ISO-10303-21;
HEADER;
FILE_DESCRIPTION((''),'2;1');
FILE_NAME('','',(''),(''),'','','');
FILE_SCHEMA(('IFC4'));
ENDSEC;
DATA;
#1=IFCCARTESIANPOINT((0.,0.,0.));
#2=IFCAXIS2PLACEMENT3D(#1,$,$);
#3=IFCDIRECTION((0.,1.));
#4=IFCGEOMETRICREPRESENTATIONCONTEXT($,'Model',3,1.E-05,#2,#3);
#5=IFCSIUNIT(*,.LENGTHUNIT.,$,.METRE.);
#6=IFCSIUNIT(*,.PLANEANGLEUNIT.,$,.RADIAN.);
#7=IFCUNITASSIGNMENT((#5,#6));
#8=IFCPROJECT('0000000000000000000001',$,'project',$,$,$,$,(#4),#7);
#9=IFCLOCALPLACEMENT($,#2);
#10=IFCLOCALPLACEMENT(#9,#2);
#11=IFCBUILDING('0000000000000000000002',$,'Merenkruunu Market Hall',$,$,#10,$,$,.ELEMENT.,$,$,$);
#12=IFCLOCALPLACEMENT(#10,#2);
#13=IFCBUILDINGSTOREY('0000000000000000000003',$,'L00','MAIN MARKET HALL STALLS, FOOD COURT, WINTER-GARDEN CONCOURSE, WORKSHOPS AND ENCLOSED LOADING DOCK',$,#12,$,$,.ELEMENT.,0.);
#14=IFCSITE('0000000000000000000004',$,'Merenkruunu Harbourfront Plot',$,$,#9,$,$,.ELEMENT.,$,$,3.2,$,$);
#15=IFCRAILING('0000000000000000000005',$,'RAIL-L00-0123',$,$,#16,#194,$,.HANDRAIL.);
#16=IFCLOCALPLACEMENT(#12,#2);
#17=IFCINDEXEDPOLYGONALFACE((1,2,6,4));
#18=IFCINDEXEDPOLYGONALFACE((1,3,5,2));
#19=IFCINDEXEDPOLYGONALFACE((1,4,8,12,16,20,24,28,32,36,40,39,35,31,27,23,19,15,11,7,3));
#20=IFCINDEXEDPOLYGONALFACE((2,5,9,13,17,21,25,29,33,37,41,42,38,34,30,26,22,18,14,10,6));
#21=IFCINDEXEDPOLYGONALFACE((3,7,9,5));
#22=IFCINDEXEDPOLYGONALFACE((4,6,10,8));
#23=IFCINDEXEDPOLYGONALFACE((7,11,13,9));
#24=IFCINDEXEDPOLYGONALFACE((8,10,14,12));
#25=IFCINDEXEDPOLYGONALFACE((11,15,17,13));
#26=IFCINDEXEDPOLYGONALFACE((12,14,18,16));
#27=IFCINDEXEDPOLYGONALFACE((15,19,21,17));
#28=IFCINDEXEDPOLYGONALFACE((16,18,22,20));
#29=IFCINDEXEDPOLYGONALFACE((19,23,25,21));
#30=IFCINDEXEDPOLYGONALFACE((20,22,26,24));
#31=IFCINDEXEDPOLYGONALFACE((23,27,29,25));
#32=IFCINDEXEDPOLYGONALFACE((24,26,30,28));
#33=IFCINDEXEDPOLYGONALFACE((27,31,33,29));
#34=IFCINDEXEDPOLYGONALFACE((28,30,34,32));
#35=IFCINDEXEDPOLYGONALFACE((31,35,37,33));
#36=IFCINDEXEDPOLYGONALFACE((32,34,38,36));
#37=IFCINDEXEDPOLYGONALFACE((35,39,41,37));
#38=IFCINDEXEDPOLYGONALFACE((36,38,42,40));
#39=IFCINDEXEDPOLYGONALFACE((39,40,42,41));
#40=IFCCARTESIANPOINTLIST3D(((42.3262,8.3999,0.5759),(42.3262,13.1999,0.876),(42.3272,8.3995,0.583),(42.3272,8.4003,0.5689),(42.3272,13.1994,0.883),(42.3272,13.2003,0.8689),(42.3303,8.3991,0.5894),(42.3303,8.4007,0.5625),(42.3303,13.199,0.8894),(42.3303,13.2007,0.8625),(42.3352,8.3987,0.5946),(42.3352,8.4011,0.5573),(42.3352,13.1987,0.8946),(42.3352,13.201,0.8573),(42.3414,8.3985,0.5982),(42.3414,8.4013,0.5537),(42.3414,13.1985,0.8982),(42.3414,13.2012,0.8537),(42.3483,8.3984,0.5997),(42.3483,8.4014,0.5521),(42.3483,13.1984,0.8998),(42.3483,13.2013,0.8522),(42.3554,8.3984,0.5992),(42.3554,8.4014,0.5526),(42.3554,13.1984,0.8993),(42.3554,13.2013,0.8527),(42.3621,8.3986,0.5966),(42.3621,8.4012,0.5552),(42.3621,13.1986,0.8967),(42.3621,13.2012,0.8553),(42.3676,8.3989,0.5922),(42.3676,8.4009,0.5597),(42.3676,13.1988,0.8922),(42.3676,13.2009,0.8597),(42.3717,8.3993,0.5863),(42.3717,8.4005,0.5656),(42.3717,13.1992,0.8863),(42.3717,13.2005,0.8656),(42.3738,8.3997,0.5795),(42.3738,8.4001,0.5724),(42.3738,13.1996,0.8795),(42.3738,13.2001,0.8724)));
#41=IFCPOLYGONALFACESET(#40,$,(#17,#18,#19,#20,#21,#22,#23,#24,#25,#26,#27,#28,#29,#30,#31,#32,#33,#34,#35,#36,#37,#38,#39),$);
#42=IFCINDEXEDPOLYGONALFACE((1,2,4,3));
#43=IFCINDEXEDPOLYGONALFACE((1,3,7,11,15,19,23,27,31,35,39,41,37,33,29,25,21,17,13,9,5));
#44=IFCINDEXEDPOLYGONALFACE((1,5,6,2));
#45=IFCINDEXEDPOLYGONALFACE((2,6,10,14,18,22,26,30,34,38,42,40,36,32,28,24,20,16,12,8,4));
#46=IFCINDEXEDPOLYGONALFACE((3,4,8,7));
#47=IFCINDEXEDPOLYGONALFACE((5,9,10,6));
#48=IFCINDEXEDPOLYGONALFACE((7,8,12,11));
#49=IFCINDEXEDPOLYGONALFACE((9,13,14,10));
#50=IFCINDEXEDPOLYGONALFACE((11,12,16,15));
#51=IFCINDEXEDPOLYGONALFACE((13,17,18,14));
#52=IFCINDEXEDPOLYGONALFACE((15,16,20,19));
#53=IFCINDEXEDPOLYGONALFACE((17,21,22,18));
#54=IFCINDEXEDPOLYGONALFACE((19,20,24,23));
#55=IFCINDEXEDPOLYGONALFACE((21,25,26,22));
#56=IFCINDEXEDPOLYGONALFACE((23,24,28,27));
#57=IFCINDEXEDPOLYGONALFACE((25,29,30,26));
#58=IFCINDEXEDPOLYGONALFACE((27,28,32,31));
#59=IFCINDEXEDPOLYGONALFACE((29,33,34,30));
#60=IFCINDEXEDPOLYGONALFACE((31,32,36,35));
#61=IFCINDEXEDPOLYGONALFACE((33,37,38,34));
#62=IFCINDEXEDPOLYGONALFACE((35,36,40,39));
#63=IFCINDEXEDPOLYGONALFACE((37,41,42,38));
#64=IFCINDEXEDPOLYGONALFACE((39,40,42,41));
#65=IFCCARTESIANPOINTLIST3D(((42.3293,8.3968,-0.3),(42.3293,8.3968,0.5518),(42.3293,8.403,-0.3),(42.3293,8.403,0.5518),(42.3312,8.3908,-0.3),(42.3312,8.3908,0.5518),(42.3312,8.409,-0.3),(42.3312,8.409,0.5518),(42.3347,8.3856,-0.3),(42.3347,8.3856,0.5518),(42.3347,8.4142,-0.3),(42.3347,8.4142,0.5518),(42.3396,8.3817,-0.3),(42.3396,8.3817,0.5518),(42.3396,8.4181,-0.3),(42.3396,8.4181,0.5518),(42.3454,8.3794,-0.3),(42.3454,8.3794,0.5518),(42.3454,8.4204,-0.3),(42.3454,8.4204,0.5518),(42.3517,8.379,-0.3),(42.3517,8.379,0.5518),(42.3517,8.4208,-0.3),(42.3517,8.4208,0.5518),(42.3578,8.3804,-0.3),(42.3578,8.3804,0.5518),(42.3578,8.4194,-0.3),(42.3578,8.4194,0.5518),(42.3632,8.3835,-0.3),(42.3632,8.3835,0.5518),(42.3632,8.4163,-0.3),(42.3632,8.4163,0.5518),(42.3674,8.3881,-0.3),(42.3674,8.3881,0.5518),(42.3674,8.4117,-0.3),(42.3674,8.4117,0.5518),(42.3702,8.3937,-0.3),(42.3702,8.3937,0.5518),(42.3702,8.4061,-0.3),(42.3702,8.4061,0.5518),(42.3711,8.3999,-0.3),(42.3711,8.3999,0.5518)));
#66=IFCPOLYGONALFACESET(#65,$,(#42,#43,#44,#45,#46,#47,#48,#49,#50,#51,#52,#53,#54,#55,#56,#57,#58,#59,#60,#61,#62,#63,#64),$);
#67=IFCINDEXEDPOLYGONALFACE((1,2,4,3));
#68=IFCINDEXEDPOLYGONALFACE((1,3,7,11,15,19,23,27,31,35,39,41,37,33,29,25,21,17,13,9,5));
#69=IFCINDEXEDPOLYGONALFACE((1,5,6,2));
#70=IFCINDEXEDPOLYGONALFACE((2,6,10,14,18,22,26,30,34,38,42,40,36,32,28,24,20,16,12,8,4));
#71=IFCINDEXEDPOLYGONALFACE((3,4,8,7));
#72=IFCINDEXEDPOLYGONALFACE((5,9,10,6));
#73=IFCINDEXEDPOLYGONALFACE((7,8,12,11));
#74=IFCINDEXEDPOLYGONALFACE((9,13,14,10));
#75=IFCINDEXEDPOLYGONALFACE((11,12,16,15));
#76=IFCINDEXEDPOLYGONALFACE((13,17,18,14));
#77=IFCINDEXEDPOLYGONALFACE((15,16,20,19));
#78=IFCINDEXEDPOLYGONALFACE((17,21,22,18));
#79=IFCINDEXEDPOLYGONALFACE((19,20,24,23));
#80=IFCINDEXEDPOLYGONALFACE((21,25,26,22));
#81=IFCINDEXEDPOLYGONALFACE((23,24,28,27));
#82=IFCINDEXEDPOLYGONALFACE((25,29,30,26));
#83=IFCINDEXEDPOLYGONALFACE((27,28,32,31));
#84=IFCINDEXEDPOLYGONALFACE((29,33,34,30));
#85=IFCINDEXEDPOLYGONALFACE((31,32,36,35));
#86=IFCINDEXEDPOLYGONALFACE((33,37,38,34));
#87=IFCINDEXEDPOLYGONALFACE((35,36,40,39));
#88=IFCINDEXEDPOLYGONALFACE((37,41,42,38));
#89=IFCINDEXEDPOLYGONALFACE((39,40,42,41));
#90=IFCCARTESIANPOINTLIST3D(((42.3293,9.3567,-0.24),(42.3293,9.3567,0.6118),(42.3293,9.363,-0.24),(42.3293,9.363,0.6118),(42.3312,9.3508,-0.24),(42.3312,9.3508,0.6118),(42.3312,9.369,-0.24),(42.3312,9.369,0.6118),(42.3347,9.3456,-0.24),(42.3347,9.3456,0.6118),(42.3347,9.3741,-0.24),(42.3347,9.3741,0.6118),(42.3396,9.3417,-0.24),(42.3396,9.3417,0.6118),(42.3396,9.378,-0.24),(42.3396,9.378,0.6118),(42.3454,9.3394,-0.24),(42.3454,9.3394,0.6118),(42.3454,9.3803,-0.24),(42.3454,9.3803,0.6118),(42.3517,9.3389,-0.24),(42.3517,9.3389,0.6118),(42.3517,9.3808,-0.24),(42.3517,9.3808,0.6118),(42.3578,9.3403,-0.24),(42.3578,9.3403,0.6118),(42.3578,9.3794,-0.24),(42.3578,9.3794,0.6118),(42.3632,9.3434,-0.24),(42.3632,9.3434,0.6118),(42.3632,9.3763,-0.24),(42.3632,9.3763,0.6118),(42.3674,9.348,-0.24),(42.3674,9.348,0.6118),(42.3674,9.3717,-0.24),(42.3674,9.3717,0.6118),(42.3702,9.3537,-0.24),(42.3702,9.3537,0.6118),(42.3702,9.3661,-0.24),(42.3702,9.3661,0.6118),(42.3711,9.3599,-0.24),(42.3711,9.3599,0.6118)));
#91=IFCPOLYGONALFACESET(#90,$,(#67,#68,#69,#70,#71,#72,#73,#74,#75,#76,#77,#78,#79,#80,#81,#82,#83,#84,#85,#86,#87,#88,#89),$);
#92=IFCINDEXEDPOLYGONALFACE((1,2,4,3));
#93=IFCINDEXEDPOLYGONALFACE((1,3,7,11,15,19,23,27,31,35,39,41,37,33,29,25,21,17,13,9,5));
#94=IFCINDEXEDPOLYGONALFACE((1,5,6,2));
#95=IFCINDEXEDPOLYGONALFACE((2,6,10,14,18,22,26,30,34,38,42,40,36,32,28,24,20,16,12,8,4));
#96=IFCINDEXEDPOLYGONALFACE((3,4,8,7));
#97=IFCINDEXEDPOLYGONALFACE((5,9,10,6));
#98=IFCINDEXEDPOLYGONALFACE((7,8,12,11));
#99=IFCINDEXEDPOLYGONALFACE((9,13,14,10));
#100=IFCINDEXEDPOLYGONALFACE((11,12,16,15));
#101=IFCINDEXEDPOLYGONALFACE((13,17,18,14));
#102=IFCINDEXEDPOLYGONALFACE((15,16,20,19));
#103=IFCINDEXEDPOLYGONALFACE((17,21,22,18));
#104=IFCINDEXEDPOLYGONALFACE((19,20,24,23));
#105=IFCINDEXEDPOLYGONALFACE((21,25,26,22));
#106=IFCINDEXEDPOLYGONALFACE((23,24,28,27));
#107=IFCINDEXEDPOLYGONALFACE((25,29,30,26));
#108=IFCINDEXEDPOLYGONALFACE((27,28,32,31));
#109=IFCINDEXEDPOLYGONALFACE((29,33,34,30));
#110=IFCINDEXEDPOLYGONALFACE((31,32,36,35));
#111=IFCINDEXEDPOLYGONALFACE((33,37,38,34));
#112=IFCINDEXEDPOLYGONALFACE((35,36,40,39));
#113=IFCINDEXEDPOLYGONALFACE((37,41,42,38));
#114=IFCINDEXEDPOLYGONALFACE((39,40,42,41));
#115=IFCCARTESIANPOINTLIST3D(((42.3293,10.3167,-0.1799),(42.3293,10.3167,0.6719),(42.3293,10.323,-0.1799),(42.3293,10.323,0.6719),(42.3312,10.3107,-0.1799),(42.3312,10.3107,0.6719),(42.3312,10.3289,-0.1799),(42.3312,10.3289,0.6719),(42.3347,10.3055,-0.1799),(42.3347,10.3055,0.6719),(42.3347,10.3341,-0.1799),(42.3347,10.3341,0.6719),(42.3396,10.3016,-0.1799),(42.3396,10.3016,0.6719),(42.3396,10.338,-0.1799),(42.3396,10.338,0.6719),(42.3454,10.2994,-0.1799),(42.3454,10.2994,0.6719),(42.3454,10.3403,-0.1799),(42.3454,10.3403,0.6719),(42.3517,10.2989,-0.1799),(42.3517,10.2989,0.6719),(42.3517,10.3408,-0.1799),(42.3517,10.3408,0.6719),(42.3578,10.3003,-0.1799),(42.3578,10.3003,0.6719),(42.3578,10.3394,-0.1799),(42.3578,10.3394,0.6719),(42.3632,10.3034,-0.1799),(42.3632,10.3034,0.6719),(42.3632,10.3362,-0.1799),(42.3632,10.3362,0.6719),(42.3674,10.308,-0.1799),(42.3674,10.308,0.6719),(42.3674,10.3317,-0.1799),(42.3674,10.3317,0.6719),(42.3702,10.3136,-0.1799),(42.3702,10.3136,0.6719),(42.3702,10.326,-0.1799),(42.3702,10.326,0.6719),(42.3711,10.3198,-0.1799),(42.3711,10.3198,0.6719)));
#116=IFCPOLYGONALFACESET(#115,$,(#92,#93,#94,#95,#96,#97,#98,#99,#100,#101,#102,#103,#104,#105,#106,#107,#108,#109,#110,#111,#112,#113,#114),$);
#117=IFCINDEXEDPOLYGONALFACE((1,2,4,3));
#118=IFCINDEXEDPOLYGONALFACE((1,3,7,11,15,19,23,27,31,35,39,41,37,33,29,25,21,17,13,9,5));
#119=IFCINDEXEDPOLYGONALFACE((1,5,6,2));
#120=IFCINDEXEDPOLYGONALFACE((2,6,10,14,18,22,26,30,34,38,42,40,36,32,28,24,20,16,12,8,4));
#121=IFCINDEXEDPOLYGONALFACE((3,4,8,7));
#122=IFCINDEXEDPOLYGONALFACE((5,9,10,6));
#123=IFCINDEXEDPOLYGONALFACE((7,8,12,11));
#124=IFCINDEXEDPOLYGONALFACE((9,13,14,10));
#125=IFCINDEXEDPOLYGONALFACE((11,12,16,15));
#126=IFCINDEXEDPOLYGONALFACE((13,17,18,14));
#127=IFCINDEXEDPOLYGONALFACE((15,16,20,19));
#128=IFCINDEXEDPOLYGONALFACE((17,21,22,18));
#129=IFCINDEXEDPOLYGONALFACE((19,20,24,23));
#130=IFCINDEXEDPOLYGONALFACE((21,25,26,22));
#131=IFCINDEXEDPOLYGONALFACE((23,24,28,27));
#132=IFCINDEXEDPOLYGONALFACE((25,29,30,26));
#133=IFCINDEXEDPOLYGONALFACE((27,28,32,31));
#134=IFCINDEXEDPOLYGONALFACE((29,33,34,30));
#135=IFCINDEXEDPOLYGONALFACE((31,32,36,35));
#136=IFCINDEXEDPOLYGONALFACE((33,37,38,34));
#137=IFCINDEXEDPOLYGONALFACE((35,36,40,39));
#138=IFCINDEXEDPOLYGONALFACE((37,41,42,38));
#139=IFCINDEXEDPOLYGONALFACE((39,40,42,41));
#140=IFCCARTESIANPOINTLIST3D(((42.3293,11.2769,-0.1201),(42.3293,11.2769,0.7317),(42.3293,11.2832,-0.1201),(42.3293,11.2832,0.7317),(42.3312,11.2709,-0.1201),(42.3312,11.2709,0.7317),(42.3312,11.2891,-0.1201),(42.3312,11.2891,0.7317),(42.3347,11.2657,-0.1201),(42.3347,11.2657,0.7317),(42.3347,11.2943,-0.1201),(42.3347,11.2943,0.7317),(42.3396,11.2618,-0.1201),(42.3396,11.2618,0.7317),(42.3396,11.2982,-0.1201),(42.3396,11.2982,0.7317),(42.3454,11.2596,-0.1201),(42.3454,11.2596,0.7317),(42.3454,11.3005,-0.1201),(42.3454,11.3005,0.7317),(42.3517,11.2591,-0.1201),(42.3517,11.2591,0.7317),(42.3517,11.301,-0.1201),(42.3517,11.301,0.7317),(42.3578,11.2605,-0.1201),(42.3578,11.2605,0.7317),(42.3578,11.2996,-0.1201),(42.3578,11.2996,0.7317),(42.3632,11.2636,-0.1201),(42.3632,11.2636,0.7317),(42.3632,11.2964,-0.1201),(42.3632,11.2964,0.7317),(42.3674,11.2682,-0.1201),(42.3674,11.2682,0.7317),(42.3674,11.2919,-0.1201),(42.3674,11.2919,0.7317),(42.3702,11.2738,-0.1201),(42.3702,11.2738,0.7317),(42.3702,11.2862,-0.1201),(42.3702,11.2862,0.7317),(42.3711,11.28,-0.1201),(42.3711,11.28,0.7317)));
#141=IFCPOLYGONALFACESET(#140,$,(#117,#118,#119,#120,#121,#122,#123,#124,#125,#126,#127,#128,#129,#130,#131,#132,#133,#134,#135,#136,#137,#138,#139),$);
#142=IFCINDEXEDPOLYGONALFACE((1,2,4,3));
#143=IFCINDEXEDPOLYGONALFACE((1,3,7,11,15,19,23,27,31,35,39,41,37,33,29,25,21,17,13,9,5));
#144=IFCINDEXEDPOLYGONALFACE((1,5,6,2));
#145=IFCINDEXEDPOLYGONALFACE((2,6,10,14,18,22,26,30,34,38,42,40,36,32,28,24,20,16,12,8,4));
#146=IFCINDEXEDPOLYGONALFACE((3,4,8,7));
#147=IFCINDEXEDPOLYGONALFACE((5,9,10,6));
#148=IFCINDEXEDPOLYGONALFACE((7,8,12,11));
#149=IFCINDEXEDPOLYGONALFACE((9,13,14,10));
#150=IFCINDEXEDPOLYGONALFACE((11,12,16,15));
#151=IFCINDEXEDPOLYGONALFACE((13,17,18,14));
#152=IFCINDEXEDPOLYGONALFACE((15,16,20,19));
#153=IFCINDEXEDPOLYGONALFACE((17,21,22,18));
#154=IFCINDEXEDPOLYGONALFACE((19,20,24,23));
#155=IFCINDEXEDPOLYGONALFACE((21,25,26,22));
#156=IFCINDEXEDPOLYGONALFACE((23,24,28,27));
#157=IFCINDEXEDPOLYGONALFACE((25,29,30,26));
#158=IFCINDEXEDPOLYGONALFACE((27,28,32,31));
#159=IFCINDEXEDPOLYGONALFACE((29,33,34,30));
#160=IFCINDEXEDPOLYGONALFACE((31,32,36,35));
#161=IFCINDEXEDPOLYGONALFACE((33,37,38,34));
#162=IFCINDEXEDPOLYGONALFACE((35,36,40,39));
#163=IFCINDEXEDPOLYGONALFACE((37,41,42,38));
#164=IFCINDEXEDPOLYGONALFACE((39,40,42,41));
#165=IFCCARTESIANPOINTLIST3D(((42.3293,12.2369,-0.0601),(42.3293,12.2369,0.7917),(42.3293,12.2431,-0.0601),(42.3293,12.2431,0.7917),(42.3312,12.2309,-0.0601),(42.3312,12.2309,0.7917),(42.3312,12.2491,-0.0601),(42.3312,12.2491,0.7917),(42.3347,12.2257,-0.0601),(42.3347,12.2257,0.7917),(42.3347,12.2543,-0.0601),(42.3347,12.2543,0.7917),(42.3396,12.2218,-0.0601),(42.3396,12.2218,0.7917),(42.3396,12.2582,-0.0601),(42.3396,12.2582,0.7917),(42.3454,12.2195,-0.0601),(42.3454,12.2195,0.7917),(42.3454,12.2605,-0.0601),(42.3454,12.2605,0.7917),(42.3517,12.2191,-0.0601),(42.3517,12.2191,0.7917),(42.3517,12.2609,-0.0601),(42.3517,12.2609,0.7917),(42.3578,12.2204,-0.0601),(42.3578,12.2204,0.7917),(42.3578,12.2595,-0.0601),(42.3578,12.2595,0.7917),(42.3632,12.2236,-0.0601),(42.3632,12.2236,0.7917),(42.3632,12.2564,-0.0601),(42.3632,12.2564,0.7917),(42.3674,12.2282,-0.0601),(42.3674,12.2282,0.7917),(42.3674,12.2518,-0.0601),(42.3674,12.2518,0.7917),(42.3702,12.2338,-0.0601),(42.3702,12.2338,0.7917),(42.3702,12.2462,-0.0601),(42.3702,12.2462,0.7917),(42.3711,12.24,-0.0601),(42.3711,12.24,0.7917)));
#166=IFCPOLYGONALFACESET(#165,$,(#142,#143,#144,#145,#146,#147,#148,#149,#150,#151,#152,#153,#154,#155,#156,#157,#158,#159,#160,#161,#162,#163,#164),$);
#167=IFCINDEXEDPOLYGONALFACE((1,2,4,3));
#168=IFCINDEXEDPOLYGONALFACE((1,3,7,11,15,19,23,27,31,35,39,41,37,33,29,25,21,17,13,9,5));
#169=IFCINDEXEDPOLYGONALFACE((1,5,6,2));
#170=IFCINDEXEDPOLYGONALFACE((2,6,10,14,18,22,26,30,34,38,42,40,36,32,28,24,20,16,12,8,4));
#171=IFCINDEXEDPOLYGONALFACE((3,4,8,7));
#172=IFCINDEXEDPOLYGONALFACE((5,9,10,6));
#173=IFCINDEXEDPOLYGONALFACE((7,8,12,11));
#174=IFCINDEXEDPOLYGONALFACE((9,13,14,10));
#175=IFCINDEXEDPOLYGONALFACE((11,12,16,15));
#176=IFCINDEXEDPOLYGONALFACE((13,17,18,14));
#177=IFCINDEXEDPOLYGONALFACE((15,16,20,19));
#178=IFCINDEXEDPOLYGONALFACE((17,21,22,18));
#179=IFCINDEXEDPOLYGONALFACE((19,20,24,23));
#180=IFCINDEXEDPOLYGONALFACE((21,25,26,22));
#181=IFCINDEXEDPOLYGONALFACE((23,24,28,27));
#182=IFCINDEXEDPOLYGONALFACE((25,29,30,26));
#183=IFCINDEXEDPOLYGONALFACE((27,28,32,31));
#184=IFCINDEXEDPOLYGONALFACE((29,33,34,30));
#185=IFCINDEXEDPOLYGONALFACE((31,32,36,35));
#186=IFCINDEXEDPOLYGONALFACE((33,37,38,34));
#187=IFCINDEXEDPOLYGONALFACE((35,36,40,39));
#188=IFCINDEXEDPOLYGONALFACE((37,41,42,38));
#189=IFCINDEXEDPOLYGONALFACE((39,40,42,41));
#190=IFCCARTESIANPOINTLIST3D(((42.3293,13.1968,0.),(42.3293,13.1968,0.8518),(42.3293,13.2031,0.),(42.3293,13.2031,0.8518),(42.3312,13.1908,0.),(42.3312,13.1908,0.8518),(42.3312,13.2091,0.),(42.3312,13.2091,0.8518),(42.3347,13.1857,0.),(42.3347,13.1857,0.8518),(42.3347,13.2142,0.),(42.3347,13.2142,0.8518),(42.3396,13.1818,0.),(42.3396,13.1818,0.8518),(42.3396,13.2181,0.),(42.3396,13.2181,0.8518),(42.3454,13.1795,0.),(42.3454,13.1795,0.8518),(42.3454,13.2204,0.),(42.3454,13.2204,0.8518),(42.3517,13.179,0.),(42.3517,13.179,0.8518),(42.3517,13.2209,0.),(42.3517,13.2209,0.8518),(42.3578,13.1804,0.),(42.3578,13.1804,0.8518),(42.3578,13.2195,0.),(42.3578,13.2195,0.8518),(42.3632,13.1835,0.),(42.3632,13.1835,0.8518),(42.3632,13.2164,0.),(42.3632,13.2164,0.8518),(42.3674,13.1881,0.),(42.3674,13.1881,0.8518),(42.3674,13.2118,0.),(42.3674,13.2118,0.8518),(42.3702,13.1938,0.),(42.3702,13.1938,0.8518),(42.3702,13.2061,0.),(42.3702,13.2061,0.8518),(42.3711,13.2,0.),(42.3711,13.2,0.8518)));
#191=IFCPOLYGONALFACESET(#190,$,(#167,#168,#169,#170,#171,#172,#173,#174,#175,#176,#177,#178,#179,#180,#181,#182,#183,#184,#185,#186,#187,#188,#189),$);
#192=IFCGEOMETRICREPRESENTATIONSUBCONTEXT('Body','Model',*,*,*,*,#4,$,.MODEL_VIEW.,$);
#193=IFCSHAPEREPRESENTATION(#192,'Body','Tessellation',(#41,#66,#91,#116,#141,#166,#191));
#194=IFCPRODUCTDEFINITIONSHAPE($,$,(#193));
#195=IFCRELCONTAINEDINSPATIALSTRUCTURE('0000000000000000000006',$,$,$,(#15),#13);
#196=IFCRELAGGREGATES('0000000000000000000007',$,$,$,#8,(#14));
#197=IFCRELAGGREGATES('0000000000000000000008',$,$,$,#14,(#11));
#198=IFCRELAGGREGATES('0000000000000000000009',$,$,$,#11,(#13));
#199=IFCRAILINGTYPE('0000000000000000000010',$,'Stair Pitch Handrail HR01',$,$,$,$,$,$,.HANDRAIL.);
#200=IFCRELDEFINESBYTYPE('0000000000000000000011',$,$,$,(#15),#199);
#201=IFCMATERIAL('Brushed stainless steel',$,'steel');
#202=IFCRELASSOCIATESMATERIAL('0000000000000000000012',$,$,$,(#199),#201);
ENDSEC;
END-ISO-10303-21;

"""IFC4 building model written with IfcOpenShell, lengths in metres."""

from ifc_helpers import new_model, si_unit, direction, frame, origin, origin_2d, place, context, subcontext, project, spatial, circle, extrude, material, type_object, element, save


model = new_model("IFC4")

# Units and contexts
model_context = context("Model", 3, precision=1e-05, world=origin(), true_north=direction((0.0, 1.0)))
body_context = subcontext(model_context, "Body", "Model", "MODEL_VIEW")
ifc_project = project(units=[si_unit("LENGTHUNIT", "METRE"), si_unit("PLANEANGLEUNIT", "RADIAN")], contexts=[model_context])

# Site, building, storey
site_placement = place(None, origin())
site = spatial("IfcSite", under=ifc_project, at=site_placement, Name="Merenkruunu Harbourfront Plot", CompositionType="ELEMENT", RefElevation=3.2)
building_placement = place(site_placement, origin())
building = spatial("IfcBuilding", under=site, at=building_placement, Name="Merenkruunu Market Hall", CompositionType="ELEMENT")
storey_placement = place(building_placement, origin())
storey = spatial("IfcBuildingStorey", under=building, at=storey_placement, Name="L00", Description="MAIN MARKET HALL STALLS, FOOD COURT, WINTER-GARDEN CONCOURSE, WORKSHOPS AND ENCLOSED LOADING DOCK", CompositionType="ELEMENT", Elevation=0.0)

# Railing
ifc_material_1 = material(Name="Brushed stainless steel", Category="steel")
railing_type = type_object("IfcRailingType", Name="Stair Pitch Handrail HR01", PredefinedType="HANDRAIL", material=ifc_material_1)
for number, where, name in (
    (1, (42.3501, 8.3999, -0.3), "RAIL-L00-0123"),
):
    element("IfcRailing", number, at=place(storey_placement, frame(where)), inside=storey, type_object=railing_type, Name=name, PredefinedType="HANDRAIL", context=body_context, shape_type="SweptSolid", body=[
        extrude(circle(Radius=0.0239, at=origin_2d()), frame((0.0, 0.0, 0.876), z_axis=(0.0, 0.998052, 0.062388), x_axis=(-1.0, 0.0, 0.0)), (0.0, 0.0, 1.0), 4.8093),
        extrude(circle(Radius=0.021, at=origin_2d()), origin(), (0.0, 0.0, 1.0), 0.8518),
        extrude(circle(Radius=0.021, at=origin_2d()), frame((0.0, 0.96, 0.0601)), (0.0, 0.0, 1.0), 0.8518),
        extrude(circle(Radius=0.021, at=origin_2d()), frame((0.0, 1.9199, 0.1201)), (0.0, 0.0, 1.0), 0.8518),
        extrude(circle(Radius=0.021, at=origin_2d()), frame((0.0, 2.8801, 0.1799)), (0.0, 0.0, 1.0), 0.8518),
        extrude(circle(Radius=0.021, at=origin_2d()), frame((0.0, 3.8401, 0.24)), (0.0, 0.0, 1.0), 0.8518),
        extrude(circle(Radius=0.021, at=origin_2d()), frame((0.0, 4.8, 0.3)), (0.0, 0.0, 1.0), 0.8518),
    ])

save(model, "model.ifc")
